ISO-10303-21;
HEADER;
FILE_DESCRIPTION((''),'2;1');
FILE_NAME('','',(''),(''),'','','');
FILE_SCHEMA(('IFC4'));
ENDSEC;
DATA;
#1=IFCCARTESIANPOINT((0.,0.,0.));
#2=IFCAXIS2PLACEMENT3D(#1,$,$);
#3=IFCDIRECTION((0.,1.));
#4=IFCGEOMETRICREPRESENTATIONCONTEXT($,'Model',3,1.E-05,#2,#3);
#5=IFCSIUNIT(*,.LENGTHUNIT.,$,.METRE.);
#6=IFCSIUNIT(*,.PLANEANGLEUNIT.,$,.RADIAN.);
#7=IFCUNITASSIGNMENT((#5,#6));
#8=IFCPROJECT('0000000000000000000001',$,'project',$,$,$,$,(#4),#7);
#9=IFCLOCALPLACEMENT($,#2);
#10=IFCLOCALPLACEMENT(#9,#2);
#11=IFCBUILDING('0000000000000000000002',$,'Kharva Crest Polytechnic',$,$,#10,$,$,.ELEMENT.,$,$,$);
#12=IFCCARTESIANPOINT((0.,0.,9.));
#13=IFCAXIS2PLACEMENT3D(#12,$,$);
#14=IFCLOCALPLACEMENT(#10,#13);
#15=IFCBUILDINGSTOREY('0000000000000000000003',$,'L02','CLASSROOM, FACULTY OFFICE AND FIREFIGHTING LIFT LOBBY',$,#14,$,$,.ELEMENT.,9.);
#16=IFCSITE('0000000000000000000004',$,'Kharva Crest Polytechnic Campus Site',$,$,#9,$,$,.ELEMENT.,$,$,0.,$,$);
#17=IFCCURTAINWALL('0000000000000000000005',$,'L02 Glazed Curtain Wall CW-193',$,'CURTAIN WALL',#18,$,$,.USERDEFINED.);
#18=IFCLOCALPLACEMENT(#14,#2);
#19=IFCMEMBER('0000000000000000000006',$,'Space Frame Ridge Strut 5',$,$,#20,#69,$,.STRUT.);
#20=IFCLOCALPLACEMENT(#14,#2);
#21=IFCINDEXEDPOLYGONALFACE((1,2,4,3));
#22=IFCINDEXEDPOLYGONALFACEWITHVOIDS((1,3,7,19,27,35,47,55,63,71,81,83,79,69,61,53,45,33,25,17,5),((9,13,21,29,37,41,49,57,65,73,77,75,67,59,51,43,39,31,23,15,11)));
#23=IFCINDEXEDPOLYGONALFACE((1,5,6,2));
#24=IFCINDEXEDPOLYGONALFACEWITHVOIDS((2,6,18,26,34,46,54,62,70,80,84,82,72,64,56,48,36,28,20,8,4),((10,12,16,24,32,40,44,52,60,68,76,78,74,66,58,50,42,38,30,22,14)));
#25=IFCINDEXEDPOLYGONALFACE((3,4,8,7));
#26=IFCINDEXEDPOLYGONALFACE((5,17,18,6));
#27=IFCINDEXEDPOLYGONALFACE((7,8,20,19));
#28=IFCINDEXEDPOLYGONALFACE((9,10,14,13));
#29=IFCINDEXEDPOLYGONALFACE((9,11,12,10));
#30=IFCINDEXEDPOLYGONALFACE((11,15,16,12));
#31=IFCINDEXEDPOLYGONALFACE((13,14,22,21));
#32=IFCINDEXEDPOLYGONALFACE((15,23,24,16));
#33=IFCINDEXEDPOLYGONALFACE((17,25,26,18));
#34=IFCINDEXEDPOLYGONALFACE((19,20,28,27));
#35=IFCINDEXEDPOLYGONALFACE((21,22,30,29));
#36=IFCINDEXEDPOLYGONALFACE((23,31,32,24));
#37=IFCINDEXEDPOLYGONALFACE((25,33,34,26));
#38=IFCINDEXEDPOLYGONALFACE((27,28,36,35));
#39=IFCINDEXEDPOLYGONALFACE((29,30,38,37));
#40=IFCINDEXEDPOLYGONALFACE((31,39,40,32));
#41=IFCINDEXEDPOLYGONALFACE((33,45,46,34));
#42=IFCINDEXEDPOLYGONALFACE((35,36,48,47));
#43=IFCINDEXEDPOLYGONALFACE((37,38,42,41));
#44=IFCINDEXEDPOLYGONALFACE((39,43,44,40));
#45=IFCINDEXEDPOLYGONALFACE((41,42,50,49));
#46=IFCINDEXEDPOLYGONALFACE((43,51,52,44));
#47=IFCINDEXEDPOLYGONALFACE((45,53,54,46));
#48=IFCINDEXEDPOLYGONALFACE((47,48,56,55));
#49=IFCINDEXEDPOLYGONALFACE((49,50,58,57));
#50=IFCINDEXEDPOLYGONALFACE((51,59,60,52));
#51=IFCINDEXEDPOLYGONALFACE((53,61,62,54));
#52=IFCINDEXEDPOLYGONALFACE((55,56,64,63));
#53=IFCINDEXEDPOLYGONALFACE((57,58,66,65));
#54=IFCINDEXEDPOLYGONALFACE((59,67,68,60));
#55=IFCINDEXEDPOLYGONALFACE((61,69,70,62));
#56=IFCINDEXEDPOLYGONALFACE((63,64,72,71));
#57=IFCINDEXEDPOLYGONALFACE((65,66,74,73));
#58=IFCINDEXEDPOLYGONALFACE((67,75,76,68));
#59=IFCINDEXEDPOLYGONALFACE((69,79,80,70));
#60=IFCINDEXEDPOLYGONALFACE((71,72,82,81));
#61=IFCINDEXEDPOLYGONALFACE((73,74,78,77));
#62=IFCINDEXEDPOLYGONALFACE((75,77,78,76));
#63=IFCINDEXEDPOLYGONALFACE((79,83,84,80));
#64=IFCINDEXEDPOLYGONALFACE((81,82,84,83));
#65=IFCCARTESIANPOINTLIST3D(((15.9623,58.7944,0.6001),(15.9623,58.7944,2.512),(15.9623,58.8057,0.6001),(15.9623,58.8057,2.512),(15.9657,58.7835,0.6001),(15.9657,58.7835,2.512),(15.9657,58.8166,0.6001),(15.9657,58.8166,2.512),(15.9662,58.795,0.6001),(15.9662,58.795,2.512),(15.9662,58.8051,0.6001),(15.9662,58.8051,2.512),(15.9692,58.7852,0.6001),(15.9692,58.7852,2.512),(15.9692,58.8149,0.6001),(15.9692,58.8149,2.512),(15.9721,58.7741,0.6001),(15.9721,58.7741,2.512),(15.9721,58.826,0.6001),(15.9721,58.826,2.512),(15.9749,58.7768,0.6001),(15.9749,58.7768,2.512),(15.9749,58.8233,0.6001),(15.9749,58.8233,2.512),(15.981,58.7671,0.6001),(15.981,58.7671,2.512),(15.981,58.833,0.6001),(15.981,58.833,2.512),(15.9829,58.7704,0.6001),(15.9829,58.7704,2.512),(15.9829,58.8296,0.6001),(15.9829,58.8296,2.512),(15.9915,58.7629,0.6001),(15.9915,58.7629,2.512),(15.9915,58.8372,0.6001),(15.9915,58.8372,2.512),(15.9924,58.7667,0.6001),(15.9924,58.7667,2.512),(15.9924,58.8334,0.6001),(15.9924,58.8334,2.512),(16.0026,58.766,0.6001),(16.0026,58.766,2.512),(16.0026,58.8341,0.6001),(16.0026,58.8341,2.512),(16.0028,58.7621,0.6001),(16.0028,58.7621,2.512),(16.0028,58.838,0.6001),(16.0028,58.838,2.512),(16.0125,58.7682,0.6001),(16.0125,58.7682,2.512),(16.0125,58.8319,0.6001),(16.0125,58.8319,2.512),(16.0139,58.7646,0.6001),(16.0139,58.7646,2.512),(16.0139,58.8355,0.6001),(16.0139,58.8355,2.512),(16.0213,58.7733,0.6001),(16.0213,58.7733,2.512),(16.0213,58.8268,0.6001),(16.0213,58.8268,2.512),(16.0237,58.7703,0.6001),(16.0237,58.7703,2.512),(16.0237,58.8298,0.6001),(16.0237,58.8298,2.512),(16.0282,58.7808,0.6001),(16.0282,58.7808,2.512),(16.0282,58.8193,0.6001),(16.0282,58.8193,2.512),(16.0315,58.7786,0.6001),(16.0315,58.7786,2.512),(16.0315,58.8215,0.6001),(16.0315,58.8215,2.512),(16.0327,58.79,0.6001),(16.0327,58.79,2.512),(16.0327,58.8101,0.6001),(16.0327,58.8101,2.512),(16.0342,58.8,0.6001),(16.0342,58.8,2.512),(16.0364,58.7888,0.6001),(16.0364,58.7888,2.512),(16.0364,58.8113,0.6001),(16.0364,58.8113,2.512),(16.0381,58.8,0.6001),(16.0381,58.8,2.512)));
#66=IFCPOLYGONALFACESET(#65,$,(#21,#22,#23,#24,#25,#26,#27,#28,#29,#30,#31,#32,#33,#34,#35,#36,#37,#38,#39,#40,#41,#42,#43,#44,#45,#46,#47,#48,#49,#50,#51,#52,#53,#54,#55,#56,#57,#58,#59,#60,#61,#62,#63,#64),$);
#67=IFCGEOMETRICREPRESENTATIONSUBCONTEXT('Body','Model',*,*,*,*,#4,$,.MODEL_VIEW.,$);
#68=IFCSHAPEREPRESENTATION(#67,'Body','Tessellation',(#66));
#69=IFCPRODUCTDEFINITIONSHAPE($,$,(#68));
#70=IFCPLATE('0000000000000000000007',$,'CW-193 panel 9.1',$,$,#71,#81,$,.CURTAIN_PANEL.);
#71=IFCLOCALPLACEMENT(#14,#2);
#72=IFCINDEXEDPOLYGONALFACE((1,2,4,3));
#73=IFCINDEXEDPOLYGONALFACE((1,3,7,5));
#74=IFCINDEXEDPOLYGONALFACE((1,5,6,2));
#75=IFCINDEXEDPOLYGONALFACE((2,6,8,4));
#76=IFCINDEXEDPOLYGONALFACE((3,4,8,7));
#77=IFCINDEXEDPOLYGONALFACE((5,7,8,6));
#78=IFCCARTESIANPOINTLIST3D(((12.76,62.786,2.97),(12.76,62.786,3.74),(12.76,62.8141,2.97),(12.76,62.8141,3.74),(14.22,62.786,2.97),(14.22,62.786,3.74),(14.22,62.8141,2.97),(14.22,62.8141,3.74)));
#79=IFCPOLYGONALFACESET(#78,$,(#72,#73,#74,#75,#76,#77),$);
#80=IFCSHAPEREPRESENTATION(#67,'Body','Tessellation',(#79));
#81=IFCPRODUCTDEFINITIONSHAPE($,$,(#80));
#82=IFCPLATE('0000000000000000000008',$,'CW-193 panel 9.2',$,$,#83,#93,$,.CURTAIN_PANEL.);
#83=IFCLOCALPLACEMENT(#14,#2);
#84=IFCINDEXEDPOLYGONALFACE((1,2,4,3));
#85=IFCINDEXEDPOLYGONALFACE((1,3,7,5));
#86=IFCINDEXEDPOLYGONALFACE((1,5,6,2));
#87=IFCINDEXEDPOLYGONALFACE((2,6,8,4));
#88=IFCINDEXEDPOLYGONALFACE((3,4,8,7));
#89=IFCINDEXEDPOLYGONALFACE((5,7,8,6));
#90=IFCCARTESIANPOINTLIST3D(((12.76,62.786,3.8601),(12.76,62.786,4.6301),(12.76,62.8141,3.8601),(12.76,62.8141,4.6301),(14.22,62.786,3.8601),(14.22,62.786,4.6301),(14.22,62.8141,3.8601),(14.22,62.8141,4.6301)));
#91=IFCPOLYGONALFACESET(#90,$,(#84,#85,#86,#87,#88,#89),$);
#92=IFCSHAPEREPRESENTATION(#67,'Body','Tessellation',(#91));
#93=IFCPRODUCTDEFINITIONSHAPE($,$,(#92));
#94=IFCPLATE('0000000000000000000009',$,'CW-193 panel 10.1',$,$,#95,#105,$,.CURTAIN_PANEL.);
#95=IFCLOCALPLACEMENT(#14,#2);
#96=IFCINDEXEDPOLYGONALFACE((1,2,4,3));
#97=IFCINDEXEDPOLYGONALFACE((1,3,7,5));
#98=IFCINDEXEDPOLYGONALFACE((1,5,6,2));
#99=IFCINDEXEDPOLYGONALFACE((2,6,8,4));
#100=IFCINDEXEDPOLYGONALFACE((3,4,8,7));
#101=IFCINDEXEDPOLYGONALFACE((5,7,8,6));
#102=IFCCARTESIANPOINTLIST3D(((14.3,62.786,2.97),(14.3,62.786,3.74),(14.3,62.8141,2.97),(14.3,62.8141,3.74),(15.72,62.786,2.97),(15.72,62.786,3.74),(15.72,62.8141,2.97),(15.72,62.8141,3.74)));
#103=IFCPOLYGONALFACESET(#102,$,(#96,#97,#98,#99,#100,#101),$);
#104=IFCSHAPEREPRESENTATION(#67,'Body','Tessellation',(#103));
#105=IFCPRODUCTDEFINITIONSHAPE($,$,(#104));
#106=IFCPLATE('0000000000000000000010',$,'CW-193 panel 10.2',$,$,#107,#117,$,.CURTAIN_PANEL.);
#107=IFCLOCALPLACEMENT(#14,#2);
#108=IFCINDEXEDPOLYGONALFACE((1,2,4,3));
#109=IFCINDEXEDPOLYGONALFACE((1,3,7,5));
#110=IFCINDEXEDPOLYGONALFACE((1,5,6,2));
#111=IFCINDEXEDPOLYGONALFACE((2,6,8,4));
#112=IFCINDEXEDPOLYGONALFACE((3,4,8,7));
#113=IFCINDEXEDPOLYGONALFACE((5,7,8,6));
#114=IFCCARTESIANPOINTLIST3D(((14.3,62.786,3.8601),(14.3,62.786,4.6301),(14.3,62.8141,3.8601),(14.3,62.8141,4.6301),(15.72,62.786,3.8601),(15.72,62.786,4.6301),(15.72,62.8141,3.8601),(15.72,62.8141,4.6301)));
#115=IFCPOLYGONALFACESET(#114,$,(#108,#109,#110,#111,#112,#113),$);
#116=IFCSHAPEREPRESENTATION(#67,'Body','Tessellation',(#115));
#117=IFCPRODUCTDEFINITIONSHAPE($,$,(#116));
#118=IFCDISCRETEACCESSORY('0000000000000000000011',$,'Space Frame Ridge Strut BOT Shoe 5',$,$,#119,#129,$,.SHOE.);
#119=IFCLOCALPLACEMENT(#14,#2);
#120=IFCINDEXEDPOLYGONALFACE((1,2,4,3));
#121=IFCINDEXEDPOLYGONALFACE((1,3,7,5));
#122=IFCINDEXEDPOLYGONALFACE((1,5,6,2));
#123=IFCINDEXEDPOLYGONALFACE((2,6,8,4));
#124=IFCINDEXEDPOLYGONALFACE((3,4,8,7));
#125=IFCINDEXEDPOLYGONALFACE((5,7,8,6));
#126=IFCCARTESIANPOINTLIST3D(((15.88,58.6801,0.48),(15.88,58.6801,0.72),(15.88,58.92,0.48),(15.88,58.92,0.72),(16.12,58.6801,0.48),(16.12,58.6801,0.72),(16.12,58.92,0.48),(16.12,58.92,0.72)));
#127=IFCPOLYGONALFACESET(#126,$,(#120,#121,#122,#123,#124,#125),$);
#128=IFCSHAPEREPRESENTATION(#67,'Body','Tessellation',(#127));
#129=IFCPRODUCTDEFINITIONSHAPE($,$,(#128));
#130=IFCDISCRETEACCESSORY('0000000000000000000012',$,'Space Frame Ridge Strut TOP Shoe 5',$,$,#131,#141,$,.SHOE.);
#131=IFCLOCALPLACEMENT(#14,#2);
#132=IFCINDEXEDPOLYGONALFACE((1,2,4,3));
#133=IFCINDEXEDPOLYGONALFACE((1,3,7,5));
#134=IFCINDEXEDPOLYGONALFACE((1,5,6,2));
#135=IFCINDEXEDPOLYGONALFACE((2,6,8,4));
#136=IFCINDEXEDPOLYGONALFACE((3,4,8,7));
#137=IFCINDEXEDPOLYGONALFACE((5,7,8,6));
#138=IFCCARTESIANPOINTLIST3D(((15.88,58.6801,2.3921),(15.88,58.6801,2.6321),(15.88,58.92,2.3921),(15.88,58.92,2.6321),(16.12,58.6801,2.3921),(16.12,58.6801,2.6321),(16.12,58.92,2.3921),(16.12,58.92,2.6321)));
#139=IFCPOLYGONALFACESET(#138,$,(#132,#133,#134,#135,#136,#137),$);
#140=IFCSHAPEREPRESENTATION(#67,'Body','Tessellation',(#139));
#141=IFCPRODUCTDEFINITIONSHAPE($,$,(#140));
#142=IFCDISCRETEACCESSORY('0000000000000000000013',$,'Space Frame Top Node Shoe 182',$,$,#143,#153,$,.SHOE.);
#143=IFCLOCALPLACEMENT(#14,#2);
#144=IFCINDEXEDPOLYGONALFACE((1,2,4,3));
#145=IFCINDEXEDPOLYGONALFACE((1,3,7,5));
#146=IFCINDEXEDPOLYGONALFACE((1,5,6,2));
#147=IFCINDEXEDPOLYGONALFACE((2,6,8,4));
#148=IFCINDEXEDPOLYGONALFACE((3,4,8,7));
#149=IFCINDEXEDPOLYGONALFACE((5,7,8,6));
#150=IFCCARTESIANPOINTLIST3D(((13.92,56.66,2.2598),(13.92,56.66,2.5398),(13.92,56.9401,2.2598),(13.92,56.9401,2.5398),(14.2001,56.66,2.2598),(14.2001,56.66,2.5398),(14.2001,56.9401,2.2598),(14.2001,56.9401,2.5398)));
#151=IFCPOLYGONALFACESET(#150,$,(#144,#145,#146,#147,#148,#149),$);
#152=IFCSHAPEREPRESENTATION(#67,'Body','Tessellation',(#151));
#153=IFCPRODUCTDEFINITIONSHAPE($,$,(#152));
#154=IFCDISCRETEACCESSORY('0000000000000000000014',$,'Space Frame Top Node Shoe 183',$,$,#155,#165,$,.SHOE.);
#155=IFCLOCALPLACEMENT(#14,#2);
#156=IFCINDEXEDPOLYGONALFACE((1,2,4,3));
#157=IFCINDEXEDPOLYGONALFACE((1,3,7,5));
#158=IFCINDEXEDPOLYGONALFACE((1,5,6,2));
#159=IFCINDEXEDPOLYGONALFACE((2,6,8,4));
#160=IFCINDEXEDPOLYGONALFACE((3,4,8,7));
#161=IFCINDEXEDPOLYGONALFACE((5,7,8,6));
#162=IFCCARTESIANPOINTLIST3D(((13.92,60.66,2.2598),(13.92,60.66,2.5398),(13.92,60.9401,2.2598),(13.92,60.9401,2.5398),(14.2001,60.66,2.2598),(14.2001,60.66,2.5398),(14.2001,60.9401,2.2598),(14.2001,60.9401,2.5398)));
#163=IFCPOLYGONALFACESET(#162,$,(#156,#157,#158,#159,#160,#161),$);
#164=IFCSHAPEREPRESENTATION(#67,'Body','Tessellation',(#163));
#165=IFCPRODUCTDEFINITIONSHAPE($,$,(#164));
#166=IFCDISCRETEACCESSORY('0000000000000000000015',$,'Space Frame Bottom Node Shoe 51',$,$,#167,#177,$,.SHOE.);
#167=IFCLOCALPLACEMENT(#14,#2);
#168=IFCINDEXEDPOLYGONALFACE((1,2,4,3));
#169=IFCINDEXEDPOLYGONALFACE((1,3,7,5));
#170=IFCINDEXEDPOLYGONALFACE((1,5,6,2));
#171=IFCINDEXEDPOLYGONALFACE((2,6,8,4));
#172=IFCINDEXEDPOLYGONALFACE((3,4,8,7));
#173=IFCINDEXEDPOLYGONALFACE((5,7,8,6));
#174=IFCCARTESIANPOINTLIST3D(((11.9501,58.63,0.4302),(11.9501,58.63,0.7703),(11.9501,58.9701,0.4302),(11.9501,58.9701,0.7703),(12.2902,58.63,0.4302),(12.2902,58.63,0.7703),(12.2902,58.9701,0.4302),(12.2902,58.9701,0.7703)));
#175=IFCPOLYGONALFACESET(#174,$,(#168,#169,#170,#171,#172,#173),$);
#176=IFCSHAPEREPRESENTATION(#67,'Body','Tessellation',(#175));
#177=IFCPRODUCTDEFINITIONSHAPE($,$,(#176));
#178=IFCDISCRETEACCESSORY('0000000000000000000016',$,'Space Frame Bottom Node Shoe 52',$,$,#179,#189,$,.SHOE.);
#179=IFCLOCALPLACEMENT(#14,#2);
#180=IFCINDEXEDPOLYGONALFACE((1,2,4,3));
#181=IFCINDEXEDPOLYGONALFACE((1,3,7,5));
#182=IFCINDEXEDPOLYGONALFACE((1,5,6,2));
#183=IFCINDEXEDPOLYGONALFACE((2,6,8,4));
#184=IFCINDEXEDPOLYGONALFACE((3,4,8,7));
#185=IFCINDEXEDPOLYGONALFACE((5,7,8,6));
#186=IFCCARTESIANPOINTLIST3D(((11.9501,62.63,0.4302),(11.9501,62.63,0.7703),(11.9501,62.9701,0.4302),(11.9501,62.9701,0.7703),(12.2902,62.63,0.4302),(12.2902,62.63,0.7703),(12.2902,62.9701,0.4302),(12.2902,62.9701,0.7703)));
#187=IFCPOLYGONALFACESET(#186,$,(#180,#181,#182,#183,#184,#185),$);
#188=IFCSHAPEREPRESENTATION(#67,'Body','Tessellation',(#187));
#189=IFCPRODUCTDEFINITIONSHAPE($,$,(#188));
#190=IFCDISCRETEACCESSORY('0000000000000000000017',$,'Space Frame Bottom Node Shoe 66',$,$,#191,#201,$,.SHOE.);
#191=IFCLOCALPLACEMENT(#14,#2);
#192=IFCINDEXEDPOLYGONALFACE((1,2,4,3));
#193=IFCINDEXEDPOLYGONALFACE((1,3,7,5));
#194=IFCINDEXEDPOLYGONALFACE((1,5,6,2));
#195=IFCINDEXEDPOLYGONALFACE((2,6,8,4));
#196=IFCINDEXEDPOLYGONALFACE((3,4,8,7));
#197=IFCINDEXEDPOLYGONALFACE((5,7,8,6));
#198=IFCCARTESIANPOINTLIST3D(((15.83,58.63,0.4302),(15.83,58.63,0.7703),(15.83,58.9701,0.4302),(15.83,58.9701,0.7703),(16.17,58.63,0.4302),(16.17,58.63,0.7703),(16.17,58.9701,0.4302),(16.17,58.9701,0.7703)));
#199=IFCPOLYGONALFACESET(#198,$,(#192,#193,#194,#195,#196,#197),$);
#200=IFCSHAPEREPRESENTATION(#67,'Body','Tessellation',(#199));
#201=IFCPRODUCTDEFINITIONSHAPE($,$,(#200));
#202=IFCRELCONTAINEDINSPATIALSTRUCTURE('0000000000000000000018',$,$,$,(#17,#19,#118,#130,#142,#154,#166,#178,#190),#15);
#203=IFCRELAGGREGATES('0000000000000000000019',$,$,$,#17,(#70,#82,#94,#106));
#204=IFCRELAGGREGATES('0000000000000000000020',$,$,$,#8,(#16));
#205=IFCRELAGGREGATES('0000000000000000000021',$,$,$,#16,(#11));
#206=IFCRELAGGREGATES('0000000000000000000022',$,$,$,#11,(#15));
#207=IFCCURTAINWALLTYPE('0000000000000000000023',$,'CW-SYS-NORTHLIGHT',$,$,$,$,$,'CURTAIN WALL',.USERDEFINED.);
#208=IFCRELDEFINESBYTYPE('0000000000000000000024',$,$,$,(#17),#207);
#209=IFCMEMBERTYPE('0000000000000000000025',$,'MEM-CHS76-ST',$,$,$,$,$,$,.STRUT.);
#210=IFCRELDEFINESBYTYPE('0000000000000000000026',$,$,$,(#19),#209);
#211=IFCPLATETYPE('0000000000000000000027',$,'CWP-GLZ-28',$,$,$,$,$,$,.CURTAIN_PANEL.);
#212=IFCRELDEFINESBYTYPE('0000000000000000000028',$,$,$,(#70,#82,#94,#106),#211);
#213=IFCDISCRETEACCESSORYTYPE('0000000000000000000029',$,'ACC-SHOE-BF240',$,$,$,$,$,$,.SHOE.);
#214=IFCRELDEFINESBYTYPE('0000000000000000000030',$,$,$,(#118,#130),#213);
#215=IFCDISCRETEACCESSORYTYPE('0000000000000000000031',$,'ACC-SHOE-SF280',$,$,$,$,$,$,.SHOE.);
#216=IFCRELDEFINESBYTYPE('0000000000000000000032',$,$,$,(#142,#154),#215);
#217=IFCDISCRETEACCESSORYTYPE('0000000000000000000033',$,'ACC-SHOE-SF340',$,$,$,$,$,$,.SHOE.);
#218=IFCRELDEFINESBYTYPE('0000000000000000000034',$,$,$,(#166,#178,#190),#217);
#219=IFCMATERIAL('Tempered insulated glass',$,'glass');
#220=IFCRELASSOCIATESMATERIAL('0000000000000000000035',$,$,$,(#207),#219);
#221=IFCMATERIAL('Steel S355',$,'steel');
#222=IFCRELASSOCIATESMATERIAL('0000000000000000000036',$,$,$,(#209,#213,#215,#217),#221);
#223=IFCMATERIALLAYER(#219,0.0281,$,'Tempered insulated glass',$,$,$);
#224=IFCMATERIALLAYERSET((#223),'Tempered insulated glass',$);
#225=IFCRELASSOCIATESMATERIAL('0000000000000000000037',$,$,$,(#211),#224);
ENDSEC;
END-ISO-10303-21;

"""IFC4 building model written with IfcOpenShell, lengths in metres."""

from ifc_helpers import new_model, si_unit, direction, frame, origin, origin_2d, place, context, subcontext, project, spatial, rectangle, hollow_circle, extrude, material, layer, layer_set, material_profile, profile_set, type_object, element, aggregate, save


model = new_model("IFC4")

# Units and contexts
model_context = context("Model", 3, precision=1e-05, world=origin(), true_north=direction((0.0, 1.0)))
body_context = subcontext(model_context, "Body", "Model", "MODEL_VIEW")
ifc_project = project(units=[si_unit("LENGTHUNIT", "METRE"), si_unit("PLANEANGLEUNIT", "RADIAN")], contexts=[model_context])

# Site, building, storey
site_placement = place(None, origin())
site = spatial("IfcSite", under=ifc_project, at=site_placement, Name="Kharva Crest Polytechnic Campus Site", CompositionType="ELEMENT", RefElevation=0.0)
building_placement = place(site_placement, origin())
building = spatial("IfcBuilding", under=site, at=building_placement, Name="Kharva Crest Polytechnic", CompositionType="ELEMENT")
storey_placement = place(building_placement, frame((0.0, 0.0, 9.0)))
storey = spatial("IfcBuildingStorey", under=building, at=storey_placement, Name="L02", Description="CLASSROOM, FACULTY OFFICE AND FIREFIGHTING LIFT LOBBY", CompositionType="ELEMENT", Elevation=9.0)

# Curtain wall
ifc_material_1 = material(Name="Tempered insulated glass", Category="glass")
curtain_wall_type = type_object("IfcCurtainWallType", Name="CW-SYS-NORTHLIGHT", ElementType="CURTAIN WALL", PredefinedType="USERDEFINED", material=ifc_material_1)
curtain_wall_placement = place(storey_placement, origin())
curtain_wall = element("IfcCurtainWall", 1, at=curtain_wall_placement, inside=storey, type_object=curtain_wall_type, Name="L02 Glazed Curtain Wall CW-193", ObjectType="CURTAIN WALL", PredefinedType="USERDEFINED")
ifc_material_2 = material(Name="Steel S355", Category="steel")

# Member
ifc_material_profile_1 = material_profile(ifc_material_2, hollow_circle(Radius=0.0381, WallThickness=0.0039, at=origin_2d()), Name="CHS 76.1X4.0")
ifc_profile_set_1 = profile_set([ifc_material_profile_1], Name="Steel S355")
member_type_1 = type_object("IfcMemberType", Name="MEM-CHS76-ST", PredefinedType="STRUT", material=ifc_profile_set_1)
member_1_placement = place(storey_placement, frame((16.0, 58.8, 0.6001), z_axis=(0.0, 0.0, 1.0), x_axis=(1.0, 0.0, 0.0)))
element("IfcMember", 2, at=member_1_placement, inside=storey, type_object=member_type_1, Name="Space Frame Ridge Strut 5", PredefinedType="STRUT", context=body_context, shape_type="SweptSolid", body=[
    extrude(hollow_circle(Radius=0.0381, WallThickness=0.0039, at=origin_2d()), origin(), (0.0, 0.0, 1.0), 1.9119),
])

# Plates
ifc_layer = layer(ifc_material_1, 0.0281, Name="Tempered insulated glass")
ifc_layer_set = layer_set([ifc_layer], Name="Tempered insulated glass")
plate_type = type_object("IfcPlateType", Name="CWP-GLZ-28", PredefinedType="CURTAIN_PANEL", material=ifc_layer_set)
plate_1_placement = place(storey_placement, frame((13.49, 62.8, 2.97), z_axis=(0.0, 0.0, 1.0), x_axis=(1.0, 0.0, 0.0)))
plate_1 = element("IfcPlate", 3, at=plate_1_placement, type_object=plate_type, Name="CW-193 panel 9.1", PredefinedType="CURTAIN_PANEL", context=body_context, shape_type="SweptSolid", body=[
    extrude(rectangle(XDim=1.46, YDim=0.0281, at=origin_2d()), origin(), (0.0, 0.0, 1.0), 0.77),
])
plate_2_placement = place(storey_placement, frame((13.49, 62.8, 3.8601), z_axis=(0.0, 0.0, 1.0), x_axis=(1.0, 0.0, 0.0)))
plate_2 = element("IfcPlate", 4, at=plate_2_placement, type_object=plate_type, Name="CW-193 panel 9.2", PredefinedType="CURTAIN_PANEL", context=body_context, shape_type="SweptSolid", body=[
    extrude(rectangle(XDim=1.46, YDim=0.0281, at=origin_2d()), origin(), (0.0, 0.0, 1.0), 0.77),
])
plate_3_placement = place(storey_placement, frame((15.01, 62.8, 2.97), z_axis=(0.0, 0.0, 1.0), x_axis=(1.0, 0.0, 0.0)))
plate_3 = element("IfcPlate", 5, at=plate_3_placement, type_object=plate_type, Name="CW-193 panel 10.1", PredefinedType="CURTAIN_PANEL", context=body_context, shape_type="SweptSolid", body=[
    extrude(rectangle(XDim=1.4199, YDim=0.0281, at=origin_2d()), origin(), (0.0, 0.0, 1.0), 0.77),
])
plate_4_placement = place(storey_placement, frame((15.01, 62.8, 3.8601), z_axis=(0.0, 0.0, 1.0), x_axis=(1.0, 0.0, 0.0)))
plate_4 = element("IfcPlate", 6, at=plate_4_placement, type_object=plate_type, Name="CW-193 panel 10.2", PredefinedType="CURTAIN_PANEL", context=body_context, shape_type="SweptSolid", body=[
    extrude(rectangle(XDim=1.4199, YDim=0.0281, at=origin_2d()), origin(), (0.0, 0.0, 1.0), 0.77),
])
aggregate(curtain_wall, [plate_1, plate_2, plate_3, plate_4])

# Discrete accessories
discrete_accessory_type_1 = type_object("IfcDiscreteAccessoryType", Name="ACC-SHOE-BF240", PredefinedType="SHOE", material=ifc_material_2)
for number, where, z_axis, x_axis, name in (
    (7, (16.0, 58.8, 0.48), (0.0, 0.0, 1.0), (1.0, 0.0, 0.0), "Space Frame Ridge Strut BOT Shoe 5"),
    (8, (16.0, 58.8, 2.3921), (0.0, 0.0, 1.0), (1.0, 0.0, 0.0), "Space Frame Ridge Strut TOP Shoe 5"),
):
    element("IfcDiscreteAccessory", number, at=place(storey_placement, frame(where, z_axis=z_axis, x_axis=x_axis)), inside=storey, type_object=discrete_accessory_type_1, Name=name, PredefinedType="SHOE", context=body_context, shape_type="SweptSolid", body=[
        extrude(rectangle(XDim=0.24, YDim=0.24, at=origin_2d()), origin(), (0.0, 0.0, 1.0), 0.24),
    ])
discrete_accessory_type_2 = type_object("IfcDiscreteAccessoryType", Name="ACC-SHOE-SF280", PredefinedType="SHOE", material=ifc_material_2)
for number, where, z_axis, x_axis, name in (
    (9, (14.0601, 56.8, 2.2598), (0.0, 0.0, 1.0), (1.0, 0.0, 0.0), "Space Frame Top Node Shoe 182"),
    (10, (14.0601, 60.8, 2.2598), (0.0, 0.0, 1.0), (1.0, 0.0, 0.0), "Space Frame Top Node Shoe 183"),
):
    element("IfcDiscreteAccessory", number, at=place(storey_placement, frame(where, z_axis=z_axis, x_axis=x_axis)), inside=storey, type_object=discrete_accessory_type_2, Name=name, PredefinedType="SHOE", context=body_context, shape_type="SweptSolid", body=[
        extrude(rectangle(XDim=0.28, YDim=0.28, at=origin_2d()), origin(), (0.0, 0.0, 1.0), 0.28),
    ])
discrete_accessory_type_3 = type_object("IfcDiscreteAccessoryType", Name="ACC-SHOE-SF340", PredefinedType="SHOE", material=ifc_material_2)
for number, where, z_axis, x_axis, name in (
    (11, (12.1201, 58.8, 0.4302), (0.0, 0.0, 1.0), (1.0, 0.0, 0.0), "Space Frame Bottom Node Shoe 51"),
    (12, (12.1201, 62.8, 0.4302), (0.0, 0.0, 1.0), (1.0, 0.0, 0.0), "Space Frame Bottom Node Shoe 52"),
    (13, (16.0, 58.8, 0.4302), (0.0, 0.0, 1.0), (1.0, 0.0, 0.0), "Space Frame Bottom Node Shoe 66"),
):
    element("IfcDiscreteAccessory", number, at=place(storey_placement, frame(where, z_axis=z_axis, x_axis=x_axis)), inside=storey, type_object=discrete_accessory_type_3, Name=name, PredefinedType="SHOE", context=body_context, shape_type="SweptSolid", body=[
        extrude(rectangle(XDim=0.3401, YDim=0.3401, at=origin_2d()), origin(), (0.0, 0.0, 1.0), 0.3401),
    ])

save(model, "model.ifc")
